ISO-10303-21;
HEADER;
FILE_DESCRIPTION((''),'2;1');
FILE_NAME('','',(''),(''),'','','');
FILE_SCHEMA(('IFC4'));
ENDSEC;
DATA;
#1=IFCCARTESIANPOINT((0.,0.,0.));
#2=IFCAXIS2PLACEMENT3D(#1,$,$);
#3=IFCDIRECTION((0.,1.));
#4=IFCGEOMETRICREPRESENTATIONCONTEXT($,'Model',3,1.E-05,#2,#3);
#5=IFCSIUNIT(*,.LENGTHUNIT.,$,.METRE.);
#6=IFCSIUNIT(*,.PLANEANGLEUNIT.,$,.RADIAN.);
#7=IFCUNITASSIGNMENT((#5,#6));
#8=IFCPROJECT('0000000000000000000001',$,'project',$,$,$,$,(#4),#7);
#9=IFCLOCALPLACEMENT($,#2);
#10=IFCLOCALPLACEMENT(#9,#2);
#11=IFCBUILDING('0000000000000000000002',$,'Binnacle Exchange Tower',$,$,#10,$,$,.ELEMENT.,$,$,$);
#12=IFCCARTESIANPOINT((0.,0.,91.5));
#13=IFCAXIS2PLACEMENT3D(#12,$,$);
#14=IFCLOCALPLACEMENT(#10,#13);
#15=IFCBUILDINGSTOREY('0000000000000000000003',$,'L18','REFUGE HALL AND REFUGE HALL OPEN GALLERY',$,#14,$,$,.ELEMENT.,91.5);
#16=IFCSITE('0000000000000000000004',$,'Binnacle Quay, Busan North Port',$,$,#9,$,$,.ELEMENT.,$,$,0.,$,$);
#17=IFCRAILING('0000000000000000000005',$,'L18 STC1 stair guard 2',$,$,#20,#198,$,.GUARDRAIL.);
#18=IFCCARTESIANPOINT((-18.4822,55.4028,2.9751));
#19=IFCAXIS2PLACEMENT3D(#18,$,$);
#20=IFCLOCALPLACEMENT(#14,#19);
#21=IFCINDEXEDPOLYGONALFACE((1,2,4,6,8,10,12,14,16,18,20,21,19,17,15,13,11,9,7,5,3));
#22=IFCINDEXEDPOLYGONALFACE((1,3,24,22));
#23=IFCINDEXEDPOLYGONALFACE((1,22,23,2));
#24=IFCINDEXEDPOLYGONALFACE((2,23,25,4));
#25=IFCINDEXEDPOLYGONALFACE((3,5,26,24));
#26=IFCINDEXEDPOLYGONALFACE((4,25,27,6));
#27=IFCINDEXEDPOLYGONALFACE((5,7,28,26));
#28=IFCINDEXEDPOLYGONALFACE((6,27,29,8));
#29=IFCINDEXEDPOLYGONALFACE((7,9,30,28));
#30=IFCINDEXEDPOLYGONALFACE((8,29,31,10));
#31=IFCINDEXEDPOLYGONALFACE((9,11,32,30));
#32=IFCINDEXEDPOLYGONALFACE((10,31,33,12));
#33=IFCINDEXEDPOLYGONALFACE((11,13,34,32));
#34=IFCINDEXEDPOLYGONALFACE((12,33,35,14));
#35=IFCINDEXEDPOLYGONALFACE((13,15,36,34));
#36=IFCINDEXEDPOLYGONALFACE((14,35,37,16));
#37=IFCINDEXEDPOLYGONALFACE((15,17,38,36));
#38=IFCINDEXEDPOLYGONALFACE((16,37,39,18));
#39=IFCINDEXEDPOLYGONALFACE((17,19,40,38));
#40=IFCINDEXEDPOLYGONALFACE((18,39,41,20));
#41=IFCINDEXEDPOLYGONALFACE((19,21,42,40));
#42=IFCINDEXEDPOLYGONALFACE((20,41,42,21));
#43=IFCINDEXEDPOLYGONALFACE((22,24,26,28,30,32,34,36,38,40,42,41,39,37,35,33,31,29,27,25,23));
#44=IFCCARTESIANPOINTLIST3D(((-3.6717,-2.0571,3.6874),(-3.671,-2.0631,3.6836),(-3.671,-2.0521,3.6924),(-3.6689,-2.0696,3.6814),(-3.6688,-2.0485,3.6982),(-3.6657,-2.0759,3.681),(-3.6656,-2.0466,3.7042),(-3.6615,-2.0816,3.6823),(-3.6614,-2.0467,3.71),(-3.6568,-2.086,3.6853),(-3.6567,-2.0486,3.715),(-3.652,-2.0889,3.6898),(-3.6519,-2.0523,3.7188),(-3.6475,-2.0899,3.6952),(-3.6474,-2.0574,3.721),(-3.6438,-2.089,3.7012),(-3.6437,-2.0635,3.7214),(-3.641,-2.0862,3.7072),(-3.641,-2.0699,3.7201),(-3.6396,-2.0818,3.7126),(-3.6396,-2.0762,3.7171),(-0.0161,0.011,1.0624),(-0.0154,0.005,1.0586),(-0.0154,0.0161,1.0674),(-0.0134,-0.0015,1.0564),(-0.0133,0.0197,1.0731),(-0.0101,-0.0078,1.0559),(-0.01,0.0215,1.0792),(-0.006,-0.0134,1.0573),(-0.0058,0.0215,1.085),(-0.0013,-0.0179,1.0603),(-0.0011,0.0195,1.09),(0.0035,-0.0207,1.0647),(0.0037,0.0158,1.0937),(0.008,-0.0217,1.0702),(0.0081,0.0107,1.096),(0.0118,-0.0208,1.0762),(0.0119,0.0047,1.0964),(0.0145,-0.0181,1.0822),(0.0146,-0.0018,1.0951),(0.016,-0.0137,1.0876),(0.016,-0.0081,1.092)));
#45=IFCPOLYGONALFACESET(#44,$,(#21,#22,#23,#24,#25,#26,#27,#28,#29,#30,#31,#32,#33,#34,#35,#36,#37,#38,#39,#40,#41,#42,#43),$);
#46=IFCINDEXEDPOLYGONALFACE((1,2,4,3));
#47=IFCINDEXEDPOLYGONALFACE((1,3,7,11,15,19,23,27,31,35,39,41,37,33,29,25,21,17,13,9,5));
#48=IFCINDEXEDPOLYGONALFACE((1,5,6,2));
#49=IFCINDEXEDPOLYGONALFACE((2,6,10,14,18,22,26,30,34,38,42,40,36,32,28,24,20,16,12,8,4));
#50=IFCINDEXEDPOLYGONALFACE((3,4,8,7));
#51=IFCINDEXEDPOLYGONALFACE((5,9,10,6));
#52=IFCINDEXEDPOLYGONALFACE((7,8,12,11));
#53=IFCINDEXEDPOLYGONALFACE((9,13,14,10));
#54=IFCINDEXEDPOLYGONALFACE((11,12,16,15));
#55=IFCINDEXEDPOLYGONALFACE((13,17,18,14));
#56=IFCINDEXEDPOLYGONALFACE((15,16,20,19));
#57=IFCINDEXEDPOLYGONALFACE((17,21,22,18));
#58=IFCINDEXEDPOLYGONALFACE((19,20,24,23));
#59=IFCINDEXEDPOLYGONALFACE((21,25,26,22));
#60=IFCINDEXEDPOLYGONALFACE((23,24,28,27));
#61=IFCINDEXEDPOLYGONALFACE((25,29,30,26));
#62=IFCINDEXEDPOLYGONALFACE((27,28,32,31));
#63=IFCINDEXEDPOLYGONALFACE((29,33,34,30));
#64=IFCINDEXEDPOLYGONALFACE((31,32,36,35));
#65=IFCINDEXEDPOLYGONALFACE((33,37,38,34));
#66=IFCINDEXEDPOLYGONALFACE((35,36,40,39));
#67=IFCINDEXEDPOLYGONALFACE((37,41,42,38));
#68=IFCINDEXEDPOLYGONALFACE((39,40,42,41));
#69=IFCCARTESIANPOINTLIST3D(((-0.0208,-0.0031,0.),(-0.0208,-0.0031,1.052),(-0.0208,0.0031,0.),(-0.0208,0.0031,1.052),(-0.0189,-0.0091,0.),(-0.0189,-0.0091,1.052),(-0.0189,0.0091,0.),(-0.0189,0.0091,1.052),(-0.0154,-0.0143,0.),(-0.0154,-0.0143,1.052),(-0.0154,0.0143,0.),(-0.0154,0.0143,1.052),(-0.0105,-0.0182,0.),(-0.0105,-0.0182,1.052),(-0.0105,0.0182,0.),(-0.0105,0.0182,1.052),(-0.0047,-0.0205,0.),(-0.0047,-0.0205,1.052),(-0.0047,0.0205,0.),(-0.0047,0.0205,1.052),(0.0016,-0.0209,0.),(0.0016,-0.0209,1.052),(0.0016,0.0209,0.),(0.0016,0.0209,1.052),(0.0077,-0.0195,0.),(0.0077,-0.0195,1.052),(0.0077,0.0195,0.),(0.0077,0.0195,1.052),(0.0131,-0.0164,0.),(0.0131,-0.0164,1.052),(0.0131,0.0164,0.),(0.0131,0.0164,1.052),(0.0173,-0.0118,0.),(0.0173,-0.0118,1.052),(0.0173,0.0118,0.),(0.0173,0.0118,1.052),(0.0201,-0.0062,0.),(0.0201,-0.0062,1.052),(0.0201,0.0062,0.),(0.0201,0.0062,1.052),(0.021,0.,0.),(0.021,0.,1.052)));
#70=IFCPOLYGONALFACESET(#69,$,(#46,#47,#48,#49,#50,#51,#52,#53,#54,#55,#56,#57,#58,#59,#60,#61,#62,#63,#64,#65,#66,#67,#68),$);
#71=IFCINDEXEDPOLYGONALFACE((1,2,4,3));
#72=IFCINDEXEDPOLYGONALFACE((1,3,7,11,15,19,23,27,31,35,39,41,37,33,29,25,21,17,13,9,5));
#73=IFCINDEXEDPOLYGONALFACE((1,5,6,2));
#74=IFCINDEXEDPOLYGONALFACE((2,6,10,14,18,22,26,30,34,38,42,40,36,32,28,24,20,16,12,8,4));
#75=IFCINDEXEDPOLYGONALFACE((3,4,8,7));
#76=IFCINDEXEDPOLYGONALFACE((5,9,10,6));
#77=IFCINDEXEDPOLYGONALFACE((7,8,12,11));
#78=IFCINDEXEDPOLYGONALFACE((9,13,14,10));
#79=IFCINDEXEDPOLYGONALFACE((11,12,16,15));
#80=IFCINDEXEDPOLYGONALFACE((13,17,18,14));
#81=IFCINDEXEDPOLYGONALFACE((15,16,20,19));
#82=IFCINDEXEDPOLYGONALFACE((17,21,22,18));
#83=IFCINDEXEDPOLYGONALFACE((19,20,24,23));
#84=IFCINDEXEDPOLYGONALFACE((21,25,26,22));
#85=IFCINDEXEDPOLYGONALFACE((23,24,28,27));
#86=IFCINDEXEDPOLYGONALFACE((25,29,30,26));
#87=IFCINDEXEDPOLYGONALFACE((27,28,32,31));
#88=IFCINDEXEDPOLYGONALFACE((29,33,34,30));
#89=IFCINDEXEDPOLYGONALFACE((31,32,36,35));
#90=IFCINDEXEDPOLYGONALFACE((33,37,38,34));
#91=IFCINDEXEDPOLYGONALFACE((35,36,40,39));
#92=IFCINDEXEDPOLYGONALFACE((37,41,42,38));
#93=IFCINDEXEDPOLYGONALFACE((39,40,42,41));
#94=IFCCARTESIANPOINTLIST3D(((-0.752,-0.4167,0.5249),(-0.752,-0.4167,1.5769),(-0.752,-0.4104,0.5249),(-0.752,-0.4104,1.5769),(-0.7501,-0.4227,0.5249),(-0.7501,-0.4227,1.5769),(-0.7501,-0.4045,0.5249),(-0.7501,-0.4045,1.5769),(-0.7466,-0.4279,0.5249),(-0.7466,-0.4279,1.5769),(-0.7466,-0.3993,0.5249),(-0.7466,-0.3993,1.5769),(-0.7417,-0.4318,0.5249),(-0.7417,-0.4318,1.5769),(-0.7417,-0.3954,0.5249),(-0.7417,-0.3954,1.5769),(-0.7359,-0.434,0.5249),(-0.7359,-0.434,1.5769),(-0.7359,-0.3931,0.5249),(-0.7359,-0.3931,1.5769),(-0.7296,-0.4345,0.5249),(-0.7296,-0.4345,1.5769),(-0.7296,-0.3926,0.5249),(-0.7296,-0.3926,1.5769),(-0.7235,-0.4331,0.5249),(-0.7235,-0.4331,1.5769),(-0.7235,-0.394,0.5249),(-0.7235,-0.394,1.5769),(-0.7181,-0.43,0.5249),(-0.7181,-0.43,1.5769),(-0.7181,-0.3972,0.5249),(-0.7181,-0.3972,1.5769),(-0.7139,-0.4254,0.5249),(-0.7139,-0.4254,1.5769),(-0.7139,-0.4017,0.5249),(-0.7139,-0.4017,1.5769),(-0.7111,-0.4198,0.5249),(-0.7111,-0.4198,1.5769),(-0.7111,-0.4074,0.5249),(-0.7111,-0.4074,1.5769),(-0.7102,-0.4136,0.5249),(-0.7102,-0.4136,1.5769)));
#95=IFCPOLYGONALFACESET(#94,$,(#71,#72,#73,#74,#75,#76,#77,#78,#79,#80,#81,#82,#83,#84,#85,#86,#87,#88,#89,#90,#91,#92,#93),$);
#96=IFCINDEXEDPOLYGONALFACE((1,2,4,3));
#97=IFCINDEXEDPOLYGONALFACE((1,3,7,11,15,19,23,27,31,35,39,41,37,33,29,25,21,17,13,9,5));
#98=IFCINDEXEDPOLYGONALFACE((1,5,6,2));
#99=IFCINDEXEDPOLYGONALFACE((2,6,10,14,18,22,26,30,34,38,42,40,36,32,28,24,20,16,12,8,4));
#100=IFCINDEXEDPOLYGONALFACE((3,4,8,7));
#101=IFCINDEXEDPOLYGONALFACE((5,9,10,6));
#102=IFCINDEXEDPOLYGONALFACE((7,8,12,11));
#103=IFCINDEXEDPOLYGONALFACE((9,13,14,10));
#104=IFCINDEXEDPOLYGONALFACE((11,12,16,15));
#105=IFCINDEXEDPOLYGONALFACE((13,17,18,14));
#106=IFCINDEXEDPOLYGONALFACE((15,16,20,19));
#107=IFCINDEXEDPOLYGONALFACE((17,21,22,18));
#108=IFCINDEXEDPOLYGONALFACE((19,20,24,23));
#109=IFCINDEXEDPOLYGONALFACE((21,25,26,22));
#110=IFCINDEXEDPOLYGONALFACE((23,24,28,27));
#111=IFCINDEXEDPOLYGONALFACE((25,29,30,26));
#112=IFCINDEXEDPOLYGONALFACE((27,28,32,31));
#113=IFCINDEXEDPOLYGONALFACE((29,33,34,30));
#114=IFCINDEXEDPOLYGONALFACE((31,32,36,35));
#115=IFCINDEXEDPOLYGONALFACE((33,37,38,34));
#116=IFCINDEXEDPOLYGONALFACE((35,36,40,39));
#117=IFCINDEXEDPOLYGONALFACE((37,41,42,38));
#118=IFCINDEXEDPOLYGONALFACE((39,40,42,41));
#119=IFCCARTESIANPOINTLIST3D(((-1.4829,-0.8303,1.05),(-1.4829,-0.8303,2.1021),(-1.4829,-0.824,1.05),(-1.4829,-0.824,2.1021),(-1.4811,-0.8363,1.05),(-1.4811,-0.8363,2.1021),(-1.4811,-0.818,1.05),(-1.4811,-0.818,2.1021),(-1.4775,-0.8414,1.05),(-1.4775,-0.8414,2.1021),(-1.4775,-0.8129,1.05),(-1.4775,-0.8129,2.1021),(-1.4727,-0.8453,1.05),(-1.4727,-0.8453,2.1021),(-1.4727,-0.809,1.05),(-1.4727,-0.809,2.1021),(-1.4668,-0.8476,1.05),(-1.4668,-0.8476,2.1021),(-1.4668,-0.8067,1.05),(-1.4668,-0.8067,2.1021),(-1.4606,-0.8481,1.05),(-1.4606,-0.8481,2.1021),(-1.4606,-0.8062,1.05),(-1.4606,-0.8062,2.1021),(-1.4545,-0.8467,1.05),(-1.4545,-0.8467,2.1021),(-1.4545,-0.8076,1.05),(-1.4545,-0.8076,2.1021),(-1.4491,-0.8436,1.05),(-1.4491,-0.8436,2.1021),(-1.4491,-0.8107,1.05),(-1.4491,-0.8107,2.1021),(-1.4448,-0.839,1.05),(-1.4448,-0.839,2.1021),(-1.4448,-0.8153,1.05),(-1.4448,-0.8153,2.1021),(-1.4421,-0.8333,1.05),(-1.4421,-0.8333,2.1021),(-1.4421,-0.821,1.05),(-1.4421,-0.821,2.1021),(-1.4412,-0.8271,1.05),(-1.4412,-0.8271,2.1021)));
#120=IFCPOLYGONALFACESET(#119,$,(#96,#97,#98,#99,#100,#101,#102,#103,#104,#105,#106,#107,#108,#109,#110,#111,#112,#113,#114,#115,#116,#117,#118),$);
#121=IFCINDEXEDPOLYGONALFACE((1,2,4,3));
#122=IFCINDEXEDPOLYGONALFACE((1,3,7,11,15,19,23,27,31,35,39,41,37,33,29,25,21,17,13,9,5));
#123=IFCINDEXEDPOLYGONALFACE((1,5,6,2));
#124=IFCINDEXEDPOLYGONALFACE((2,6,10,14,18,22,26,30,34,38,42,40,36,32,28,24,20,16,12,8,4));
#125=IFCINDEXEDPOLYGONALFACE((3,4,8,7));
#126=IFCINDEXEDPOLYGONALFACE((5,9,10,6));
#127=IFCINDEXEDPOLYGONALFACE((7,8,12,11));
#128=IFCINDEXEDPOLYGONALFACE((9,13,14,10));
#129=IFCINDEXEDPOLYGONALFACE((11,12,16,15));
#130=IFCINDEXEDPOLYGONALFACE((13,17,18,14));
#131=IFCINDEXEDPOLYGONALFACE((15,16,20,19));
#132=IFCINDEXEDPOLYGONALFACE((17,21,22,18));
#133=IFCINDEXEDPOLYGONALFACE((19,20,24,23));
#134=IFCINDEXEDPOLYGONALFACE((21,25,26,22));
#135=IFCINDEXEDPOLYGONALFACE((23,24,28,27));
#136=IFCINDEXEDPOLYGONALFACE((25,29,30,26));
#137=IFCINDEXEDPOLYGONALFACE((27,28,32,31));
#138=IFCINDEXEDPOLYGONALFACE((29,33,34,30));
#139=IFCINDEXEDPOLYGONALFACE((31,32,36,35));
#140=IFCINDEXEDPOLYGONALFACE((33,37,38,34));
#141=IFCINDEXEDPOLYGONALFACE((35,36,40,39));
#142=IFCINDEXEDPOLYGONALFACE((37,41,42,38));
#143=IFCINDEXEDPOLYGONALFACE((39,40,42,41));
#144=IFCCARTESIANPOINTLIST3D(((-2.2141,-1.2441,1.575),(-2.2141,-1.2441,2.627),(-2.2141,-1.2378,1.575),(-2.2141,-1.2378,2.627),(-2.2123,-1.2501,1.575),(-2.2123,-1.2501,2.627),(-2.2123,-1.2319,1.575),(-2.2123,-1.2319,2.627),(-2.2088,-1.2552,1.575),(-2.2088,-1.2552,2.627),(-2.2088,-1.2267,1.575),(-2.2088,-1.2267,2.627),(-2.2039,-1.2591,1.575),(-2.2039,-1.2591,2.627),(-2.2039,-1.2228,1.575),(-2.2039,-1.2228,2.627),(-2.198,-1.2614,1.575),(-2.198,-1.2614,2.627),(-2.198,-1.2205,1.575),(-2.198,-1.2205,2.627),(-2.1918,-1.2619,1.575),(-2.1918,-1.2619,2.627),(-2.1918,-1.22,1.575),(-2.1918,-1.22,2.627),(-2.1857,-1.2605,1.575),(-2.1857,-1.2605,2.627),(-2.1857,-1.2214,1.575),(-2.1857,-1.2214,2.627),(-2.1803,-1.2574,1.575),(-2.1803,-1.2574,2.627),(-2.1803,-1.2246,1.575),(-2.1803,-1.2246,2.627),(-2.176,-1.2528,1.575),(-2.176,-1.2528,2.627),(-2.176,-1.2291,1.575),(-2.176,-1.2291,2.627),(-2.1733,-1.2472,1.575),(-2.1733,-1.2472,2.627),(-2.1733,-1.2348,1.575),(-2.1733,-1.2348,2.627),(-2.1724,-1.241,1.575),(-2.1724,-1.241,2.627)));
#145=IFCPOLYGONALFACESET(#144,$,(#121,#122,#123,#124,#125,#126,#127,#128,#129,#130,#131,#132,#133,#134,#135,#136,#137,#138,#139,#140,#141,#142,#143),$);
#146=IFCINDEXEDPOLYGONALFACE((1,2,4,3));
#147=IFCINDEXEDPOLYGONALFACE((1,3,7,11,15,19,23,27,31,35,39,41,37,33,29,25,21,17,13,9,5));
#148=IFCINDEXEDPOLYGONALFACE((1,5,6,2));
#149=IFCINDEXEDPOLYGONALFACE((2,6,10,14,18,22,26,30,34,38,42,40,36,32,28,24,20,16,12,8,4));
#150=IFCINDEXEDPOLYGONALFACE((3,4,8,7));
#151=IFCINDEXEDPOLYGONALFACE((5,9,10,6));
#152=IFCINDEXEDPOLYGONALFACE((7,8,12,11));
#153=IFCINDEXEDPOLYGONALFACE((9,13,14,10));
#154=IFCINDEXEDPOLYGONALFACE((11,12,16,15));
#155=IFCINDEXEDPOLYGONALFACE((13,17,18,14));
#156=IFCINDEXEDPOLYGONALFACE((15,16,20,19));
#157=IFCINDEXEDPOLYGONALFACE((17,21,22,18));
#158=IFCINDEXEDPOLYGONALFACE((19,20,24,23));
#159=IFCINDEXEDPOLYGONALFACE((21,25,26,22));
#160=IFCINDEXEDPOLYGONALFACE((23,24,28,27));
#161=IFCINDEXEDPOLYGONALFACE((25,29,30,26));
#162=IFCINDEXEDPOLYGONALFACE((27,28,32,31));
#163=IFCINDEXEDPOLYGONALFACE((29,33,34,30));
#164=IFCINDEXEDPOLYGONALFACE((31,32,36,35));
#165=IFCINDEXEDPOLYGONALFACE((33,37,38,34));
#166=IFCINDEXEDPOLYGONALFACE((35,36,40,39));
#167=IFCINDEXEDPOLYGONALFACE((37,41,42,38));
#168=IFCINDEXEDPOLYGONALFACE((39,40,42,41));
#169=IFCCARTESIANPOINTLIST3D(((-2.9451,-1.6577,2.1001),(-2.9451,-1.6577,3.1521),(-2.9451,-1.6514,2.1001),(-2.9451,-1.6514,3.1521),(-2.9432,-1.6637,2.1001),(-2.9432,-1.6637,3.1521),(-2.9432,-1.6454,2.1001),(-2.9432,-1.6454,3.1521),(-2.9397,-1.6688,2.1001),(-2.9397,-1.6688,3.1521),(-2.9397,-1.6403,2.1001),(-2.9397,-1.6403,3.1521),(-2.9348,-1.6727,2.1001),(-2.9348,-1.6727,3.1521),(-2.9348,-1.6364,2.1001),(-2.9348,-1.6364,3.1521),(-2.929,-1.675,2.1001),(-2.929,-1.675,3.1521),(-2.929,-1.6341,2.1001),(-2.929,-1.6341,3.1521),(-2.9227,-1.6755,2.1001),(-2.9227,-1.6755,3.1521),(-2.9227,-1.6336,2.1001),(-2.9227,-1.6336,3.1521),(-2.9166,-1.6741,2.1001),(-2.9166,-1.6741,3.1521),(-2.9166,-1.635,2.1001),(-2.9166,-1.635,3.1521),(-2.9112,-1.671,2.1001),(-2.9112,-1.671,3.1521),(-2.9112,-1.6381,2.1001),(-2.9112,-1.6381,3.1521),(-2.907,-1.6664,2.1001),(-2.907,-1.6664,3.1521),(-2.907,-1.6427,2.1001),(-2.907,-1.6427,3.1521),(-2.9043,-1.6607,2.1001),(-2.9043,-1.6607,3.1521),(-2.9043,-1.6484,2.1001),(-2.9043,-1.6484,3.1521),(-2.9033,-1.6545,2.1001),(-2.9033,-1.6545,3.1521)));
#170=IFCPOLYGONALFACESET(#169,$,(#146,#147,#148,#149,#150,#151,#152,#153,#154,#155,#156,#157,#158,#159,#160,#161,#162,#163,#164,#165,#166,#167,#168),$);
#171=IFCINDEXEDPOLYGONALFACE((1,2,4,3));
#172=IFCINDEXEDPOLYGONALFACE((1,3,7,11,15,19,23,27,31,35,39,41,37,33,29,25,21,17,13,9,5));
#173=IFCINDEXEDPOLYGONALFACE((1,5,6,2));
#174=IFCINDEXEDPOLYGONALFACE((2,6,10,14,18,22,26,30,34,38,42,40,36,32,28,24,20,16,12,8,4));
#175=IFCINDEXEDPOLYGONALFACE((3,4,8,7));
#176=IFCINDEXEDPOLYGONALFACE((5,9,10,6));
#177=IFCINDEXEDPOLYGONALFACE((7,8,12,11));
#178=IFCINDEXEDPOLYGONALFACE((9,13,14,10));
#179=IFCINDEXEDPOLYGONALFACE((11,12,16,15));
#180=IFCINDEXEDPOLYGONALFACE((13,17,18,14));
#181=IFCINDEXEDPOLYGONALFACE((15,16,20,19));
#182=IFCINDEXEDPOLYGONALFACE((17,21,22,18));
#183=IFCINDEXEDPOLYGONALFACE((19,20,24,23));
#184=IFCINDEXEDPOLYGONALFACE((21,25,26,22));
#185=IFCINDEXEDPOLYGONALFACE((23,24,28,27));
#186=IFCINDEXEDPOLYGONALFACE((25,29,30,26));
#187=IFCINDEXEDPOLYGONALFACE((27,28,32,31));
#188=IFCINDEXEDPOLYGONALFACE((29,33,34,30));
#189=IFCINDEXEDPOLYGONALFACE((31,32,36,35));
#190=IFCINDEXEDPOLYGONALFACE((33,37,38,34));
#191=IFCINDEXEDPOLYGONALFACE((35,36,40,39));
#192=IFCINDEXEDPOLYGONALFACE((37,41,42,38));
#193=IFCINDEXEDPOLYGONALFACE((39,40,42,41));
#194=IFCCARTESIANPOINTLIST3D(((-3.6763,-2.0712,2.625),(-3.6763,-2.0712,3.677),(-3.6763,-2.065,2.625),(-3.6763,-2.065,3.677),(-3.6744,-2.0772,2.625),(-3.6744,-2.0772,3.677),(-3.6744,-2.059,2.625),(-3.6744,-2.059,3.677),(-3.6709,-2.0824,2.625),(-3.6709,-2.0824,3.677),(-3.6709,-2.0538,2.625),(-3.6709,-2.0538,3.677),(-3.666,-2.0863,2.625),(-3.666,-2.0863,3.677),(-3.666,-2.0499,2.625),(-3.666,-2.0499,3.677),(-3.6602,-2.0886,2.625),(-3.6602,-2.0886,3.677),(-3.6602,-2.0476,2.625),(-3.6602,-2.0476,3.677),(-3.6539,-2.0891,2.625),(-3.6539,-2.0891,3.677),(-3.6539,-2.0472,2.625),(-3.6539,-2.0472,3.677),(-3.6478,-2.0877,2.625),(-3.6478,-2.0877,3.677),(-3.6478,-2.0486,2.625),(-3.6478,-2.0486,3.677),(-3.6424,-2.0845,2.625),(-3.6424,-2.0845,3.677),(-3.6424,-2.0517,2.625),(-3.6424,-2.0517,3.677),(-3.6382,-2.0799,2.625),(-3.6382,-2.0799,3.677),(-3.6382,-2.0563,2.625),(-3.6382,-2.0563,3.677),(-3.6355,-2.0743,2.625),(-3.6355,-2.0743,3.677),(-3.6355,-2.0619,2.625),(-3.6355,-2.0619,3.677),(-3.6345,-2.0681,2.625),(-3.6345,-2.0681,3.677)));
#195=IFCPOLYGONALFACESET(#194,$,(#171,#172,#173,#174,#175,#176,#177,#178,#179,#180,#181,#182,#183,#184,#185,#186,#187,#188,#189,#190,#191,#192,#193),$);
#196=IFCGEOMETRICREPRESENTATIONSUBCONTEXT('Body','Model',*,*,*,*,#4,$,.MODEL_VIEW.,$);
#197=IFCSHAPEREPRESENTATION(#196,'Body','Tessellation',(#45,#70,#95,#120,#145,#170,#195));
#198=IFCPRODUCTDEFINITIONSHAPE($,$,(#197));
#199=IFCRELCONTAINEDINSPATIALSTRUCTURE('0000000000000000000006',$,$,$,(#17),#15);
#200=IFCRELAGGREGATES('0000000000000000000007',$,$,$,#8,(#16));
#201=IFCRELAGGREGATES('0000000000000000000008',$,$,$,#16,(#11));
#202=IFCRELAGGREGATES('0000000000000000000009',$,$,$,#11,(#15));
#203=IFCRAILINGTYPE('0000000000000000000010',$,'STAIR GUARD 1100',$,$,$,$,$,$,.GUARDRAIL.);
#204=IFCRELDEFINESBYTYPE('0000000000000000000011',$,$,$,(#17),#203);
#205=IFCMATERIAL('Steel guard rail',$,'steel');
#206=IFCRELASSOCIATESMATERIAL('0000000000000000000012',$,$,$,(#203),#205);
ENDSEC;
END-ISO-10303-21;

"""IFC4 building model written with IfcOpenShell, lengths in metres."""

from ifc_helpers import new_model, si_unit, direction, frame, origin, origin_2d, place, context, subcontext, project, spatial, circle, extrude, material, type_object, element, save


model = new_model("IFC4")

# Units and contexts
model_context = context("Model", 3, precision=1e-05, world=origin(), true_north=direction((0.0, 1.0)))
body_context = subcontext(model_context, "Body", "Model", "MODEL_VIEW")
ifc_project = project(units=[si_unit("LENGTHUNIT", "METRE"), si_unit("PLANEANGLEUNIT", "RADIAN")], contexts=[model_context])

# Site, building, storey
site_placement = place(None, origin())
site = spatial("IfcSite", under=ifc_project, at=site_placement, Name="Binnacle Quay, Busan North Port", CompositionType="ELEMENT", RefElevation=0.0)
building_placement = place(site_placement, origin())
building = spatial("IfcBuilding", under=site, at=building_placement, Name="Binnacle Exchange Tower", CompositionType="ELEMENT")
storey_placement = place(building_placement, frame((0.0, 0.0, 91.5)))
storey = spatial("IfcBuildingStorey", under=building, at=storey_placement, Name="L18", Description="REFUGE HALL AND REFUGE HALL OPEN GALLERY", CompositionType="ELEMENT", Elevation=91.5)

# Railing
ifc_material_1 = material(Name="Steel guard rail", Category="steel")
railing_type_1 = type_object("IfcRailingType", Name="STAIR GUARD 1100", PredefinedType="GUARDRAIL", material=ifc_material_1)
railing_1_placement = place(storey_placement, frame((-18.4822, 55.4028, 2.9751)))
element("IfcRailing", 1, at=railing_1_placement, inside=storey, type_object=railing_type_1, Name="L18 STC1 stair guard 2", PredefinedType="GUARDRAIL", context=body_context, shape_type="SweptSolid", body=[
    extrude(circle(Radius=0.0239, at=origin_2d()), frame((0.0, 0.0, 1.0762), z_axis=(-0.738066, -0.417562, 0.53), x_axis=(0.49241, -0.870364, 0.0)), (0.0, 0.0, 1.0), 4.9529),
    extrude(circle(Radius=0.021, at=origin_2d()), origin(), (0.0, 0.0, 1.0), 1.052),
    extrude(circle(Radius=0.021, at=origin_2d()), frame((-0.7312, -0.4136, 0.5249)), (0.0, 0.0, 1.0), 1.052),
    extrude(circle(Radius=0.021, at=origin_2d()), frame((-1.4622, -0.8271, 1.05)), (0.0, 0.0, 1.0), 1.052),
    extrude(circle(Radius=0.021, at=origin_2d()), frame((-2.1934, -1.241, 1.575)), (0.0, 0.0, 1.0), 1.052),
    extrude(circle(Radius=0.021, at=origin_2d()), frame((-2.9243, -1.6545, 2.1001)), (0.0, 0.0, 1.0), 1.052),
    extrude(circle(Radius=0.021, at=origin_2d()), frame((-3.6555, -2.0681, 2.625)), (0.0, 0.0, 1.0), 1.052),
])

save(model, "model.ifc")
